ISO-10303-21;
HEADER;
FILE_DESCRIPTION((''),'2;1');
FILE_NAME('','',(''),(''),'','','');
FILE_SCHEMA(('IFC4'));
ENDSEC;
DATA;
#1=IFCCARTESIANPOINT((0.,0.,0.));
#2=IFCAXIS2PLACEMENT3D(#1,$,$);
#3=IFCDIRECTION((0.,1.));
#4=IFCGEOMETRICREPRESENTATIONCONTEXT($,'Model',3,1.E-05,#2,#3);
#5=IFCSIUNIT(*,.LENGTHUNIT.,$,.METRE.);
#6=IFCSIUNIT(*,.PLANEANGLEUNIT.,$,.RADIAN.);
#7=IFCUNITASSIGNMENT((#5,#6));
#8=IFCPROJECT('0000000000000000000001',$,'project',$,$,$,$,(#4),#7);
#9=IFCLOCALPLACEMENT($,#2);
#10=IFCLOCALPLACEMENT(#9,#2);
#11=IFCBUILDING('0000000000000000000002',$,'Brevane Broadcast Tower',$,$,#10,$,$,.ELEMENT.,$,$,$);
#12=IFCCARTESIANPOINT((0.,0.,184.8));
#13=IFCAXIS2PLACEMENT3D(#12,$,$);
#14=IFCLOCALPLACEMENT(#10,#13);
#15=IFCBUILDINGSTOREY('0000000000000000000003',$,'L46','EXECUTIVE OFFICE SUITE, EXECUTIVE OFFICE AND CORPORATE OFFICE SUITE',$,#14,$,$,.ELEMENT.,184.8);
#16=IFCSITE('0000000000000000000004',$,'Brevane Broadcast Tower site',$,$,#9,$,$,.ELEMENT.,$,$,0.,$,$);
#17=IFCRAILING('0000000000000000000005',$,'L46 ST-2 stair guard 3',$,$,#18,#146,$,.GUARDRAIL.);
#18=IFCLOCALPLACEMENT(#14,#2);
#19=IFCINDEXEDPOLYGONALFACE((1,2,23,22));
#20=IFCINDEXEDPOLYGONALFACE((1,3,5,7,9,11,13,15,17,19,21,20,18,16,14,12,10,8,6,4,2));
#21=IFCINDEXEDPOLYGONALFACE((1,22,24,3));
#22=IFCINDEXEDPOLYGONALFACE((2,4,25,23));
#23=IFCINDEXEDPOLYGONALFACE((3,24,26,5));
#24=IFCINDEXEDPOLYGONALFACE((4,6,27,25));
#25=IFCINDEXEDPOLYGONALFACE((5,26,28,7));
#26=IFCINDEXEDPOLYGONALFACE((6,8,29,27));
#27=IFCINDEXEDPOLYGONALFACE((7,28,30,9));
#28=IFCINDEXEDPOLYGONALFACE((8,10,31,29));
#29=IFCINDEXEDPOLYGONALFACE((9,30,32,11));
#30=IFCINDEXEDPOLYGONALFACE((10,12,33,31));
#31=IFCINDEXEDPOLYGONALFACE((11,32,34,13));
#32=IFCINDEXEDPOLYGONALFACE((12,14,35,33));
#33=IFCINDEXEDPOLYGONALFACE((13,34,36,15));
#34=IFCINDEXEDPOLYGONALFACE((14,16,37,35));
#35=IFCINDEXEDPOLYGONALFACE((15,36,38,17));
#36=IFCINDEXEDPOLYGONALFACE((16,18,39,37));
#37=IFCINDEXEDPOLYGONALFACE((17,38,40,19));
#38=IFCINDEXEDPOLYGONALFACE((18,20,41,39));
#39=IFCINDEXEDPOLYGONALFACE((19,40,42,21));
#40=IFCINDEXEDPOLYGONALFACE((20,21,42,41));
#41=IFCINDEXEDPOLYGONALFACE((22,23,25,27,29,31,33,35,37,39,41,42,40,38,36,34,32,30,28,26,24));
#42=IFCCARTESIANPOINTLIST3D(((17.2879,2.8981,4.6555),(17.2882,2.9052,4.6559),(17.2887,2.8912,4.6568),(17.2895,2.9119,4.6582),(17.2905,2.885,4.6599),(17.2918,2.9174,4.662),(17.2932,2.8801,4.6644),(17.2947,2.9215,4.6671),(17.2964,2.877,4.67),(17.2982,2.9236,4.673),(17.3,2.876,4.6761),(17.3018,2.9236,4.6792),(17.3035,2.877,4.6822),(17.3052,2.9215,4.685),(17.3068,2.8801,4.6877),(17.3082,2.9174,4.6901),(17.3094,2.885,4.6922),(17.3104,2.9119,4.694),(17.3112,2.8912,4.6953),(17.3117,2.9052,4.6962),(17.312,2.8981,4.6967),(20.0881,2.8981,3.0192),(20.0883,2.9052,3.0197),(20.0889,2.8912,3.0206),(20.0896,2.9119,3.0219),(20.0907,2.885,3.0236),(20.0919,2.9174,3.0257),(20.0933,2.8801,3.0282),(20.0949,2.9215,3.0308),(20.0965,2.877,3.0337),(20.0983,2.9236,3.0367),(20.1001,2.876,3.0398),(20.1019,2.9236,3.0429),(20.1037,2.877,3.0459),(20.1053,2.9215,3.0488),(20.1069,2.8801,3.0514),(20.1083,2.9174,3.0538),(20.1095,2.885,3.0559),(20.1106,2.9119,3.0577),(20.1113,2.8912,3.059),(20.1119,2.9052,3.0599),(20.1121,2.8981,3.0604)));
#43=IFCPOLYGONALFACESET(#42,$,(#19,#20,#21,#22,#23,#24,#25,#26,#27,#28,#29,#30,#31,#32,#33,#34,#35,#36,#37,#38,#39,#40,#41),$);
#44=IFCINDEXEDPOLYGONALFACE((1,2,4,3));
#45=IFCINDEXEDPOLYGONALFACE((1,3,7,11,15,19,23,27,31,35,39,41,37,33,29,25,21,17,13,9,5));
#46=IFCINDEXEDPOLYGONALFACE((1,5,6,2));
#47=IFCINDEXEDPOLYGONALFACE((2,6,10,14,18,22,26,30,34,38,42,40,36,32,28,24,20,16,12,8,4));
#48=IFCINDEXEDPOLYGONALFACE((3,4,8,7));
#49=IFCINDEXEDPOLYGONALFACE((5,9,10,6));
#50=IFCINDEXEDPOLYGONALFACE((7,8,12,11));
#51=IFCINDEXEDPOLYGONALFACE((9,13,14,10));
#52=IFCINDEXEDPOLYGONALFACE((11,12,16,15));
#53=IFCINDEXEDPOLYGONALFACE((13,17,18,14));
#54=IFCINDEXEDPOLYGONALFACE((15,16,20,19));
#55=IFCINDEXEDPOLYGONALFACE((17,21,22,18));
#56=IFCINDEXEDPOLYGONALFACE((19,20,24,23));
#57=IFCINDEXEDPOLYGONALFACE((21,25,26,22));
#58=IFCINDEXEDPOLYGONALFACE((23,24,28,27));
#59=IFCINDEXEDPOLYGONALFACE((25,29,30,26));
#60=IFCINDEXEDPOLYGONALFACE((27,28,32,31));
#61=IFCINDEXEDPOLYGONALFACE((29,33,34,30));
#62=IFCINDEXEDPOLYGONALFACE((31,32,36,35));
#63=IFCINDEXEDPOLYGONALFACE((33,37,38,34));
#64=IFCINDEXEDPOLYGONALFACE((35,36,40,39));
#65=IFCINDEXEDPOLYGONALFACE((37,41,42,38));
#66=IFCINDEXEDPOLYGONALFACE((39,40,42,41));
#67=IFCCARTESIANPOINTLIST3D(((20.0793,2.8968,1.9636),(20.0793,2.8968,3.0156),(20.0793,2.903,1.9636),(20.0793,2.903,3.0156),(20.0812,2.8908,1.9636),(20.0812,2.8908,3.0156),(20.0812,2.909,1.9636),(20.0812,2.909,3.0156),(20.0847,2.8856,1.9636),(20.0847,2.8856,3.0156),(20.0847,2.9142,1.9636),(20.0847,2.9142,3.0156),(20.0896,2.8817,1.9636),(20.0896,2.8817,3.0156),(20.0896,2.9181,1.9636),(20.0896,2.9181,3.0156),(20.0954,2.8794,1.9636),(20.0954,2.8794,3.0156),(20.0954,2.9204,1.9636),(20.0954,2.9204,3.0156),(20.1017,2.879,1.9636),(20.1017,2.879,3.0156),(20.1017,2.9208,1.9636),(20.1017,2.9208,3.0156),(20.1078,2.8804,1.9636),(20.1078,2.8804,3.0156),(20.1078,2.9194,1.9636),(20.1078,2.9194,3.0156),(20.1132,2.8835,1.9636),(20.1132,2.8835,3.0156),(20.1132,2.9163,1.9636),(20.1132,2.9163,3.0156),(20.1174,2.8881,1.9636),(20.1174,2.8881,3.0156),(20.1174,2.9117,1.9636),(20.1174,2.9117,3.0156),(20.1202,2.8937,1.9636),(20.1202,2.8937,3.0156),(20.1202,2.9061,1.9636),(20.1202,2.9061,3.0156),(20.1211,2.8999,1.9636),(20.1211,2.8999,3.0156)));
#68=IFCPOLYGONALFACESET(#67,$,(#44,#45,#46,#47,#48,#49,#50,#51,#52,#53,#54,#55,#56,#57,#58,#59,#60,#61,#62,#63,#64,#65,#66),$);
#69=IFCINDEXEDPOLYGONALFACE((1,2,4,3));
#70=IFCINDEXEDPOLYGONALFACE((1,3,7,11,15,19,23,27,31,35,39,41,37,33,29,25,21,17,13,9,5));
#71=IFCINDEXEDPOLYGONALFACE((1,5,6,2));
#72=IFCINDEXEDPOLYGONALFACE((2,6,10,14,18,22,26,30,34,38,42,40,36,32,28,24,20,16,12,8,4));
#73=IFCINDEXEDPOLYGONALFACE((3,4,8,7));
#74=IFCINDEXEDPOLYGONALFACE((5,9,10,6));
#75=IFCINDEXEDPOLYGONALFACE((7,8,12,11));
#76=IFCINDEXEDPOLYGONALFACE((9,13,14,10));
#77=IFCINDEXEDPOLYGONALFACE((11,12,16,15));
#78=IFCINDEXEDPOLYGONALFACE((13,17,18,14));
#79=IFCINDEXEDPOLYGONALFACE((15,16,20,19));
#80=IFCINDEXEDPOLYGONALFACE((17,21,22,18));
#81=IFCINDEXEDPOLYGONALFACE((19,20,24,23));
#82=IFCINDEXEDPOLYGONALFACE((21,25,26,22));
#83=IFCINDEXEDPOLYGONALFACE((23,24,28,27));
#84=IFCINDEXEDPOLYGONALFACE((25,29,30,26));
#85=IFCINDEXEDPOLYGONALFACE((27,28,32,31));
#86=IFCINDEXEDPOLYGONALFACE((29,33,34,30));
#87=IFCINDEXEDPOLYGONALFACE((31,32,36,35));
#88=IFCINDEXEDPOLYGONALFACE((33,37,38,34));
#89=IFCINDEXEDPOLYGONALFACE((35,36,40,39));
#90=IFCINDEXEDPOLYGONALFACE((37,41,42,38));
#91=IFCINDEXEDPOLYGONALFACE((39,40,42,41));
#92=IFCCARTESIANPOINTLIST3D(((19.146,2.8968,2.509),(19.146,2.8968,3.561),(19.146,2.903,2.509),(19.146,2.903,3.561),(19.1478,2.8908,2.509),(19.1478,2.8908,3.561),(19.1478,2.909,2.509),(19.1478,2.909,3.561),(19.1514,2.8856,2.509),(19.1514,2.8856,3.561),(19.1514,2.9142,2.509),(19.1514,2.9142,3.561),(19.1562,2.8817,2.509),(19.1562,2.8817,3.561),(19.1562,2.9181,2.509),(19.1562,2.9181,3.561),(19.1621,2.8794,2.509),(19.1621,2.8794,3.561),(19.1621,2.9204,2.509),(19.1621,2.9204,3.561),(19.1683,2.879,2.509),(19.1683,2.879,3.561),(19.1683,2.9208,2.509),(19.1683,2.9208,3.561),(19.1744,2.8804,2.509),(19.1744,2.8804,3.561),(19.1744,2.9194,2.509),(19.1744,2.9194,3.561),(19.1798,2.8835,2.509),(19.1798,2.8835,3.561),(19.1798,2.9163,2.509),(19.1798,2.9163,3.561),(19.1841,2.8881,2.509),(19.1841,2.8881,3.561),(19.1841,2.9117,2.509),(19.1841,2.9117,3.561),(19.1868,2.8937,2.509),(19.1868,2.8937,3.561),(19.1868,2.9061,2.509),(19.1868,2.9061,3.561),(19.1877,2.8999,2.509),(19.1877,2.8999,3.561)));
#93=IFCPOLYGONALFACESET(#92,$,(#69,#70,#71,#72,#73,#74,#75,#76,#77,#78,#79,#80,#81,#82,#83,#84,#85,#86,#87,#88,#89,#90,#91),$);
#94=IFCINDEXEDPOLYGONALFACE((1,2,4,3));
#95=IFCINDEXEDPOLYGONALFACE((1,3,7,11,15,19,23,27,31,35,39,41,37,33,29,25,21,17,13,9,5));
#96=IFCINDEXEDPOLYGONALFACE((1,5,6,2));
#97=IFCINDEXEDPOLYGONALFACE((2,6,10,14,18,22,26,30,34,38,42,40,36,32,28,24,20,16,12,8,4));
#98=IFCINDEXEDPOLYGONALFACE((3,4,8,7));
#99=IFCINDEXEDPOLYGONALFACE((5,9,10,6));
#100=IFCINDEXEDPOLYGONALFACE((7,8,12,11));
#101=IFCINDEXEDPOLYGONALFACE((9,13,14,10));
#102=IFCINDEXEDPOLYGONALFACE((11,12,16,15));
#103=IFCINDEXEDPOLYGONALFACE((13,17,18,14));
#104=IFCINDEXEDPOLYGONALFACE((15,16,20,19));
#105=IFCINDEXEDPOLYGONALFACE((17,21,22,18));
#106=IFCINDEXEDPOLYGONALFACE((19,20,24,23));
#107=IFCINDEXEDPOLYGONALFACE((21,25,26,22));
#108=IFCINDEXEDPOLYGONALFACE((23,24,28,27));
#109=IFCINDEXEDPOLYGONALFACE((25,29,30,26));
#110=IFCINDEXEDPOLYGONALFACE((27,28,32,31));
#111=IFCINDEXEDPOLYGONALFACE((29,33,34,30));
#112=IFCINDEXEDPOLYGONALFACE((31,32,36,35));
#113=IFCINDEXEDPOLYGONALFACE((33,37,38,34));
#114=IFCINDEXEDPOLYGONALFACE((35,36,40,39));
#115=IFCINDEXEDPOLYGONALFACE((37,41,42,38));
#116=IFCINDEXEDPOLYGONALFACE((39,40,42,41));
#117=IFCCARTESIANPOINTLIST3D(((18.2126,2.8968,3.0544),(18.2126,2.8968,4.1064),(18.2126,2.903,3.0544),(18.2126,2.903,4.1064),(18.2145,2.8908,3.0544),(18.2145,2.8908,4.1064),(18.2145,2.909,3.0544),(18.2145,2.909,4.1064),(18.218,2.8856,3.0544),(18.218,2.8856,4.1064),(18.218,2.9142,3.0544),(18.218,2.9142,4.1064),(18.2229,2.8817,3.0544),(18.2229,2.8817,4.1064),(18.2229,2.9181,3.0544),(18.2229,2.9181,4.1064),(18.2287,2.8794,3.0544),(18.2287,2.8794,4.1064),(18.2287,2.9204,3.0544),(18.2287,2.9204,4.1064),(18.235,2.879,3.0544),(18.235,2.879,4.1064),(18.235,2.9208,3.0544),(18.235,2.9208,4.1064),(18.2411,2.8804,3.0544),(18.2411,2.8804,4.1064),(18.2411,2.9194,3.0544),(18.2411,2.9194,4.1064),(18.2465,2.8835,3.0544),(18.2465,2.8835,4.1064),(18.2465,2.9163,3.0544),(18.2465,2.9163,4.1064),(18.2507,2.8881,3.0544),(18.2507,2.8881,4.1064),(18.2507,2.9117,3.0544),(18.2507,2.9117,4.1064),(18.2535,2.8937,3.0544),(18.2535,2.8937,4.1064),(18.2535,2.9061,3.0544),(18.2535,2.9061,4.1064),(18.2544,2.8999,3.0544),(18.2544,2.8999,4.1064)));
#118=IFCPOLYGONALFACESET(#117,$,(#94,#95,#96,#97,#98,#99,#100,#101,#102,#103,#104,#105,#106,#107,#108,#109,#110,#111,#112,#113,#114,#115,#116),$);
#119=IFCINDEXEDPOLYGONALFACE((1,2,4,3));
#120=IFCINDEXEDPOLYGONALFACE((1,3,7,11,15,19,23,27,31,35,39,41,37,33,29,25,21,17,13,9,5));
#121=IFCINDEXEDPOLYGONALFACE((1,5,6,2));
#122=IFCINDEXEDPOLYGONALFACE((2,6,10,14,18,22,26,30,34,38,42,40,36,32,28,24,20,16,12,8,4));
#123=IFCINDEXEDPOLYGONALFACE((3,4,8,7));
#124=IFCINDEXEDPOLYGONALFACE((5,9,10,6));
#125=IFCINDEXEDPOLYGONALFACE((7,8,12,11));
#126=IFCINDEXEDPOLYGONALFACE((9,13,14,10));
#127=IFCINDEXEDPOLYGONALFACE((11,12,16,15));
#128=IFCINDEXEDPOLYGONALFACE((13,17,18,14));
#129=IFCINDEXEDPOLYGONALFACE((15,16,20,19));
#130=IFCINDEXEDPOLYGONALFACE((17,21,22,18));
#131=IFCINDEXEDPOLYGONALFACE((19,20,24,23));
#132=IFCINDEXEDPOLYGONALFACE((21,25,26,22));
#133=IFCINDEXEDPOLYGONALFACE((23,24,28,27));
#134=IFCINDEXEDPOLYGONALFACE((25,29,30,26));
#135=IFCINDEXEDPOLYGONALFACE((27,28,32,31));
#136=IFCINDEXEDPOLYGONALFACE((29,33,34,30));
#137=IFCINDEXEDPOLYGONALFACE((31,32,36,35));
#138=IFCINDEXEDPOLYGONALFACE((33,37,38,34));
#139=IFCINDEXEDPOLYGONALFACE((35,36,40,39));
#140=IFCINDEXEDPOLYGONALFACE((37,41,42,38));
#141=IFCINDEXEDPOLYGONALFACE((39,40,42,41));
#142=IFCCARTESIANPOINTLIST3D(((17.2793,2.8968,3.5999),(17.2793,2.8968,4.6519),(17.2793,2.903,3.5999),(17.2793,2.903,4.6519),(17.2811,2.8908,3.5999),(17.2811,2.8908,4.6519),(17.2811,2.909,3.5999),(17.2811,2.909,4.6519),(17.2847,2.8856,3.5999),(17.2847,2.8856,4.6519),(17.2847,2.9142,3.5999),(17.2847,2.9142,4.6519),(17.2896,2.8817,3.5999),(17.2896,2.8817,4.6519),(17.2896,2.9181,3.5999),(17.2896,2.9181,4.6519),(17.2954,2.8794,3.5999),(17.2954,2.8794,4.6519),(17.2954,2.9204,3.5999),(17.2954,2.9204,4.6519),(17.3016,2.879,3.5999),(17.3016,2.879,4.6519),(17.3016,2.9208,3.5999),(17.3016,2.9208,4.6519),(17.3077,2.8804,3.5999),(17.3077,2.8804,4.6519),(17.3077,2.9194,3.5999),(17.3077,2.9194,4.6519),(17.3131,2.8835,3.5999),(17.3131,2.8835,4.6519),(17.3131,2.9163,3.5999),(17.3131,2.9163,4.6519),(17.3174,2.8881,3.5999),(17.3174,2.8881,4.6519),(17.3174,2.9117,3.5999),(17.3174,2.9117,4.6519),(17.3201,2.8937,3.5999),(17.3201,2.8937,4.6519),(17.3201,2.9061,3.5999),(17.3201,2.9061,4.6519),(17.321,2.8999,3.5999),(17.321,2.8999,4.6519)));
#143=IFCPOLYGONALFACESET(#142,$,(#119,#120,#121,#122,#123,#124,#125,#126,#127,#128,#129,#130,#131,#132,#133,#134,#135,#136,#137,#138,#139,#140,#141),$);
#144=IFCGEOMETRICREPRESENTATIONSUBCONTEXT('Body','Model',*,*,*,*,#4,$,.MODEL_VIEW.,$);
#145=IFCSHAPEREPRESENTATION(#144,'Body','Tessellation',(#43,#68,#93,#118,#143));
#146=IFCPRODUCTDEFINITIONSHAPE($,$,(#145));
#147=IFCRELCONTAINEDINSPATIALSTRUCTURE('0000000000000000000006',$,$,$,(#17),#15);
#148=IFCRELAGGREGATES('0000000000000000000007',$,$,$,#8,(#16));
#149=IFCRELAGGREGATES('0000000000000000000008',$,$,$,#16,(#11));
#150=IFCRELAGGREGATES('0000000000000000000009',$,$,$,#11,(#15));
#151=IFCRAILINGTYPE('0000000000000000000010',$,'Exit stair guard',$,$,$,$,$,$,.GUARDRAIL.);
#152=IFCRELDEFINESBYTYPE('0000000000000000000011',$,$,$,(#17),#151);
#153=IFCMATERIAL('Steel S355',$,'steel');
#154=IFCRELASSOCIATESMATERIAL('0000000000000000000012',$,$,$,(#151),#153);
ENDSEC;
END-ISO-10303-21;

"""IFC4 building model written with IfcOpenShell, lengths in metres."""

from ifc_helpers import new_model, si_unit, direction, frame, origin, origin_2d, place, context, subcontext, project, spatial, circle, extrude, material, type_object, element, save


model = new_model("IFC4")

# Units and contexts
model_context = context("Model", 3, precision=1e-05, world=origin(), true_north=direction((0.0, 1.0)))
body_context = subcontext(model_context, "Body", "Model", "MODEL_VIEW")
ifc_project = project(units=[si_unit("LENGTHUNIT", "METRE"), si_unit("PLANEANGLEUNIT", "RADIAN")], contexts=[model_context])

# Site, building, storey
site_placement = place(None, origin())
site = spatial("IfcSite", under=ifc_project, at=site_placement, Name="Brevane Broadcast Tower site", CompositionType="ELEMENT", RefElevation=0.0)
building_placement = place(site_placement, origin())
building = spatial("IfcBuilding", under=site, at=building_placement, Name="Brevane Broadcast Tower", CompositionType="ELEMENT")
storey_placement = place(building_placement, frame((0.0, 0.0, 184.8)))
storey = spatial("IfcBuildingStorey", under=building, at=storey_placement, Name="L46", Description="EXECUTIVE OFFICE SUITE, EXECUTIVE OFFICE AND CORPORATE OFFICE SUITE", CompositionType="ELEMENT", Elevation=184.8)

# Railing
ifc_material_1 = material(Name="Steel S355", Category="steel")
railing_type_1 = type_object("IfcRailingType", Name="Exit stair guard", PredefinedType="GUARDRAIL", material=ifc_material_1)
railing_1_placement = place(storey_placement, frame((20.1001, 2.8999, 1.9636)))
element("IfcRailing", 1, at=railing_1_placement, inside=storey, type_object=railing_type_1, Name="L46 ST-2 stair guard 3", PredefinedType="GUARDRAIL", context=body_context, shape_type="SweptSolid", body=[
    extrude(circle(Radius=0.0239, at=origin_2d()), frame((0.0, 0.0, 1.0762), z_axis=(-0.863394, 0.0, 0.504531), x_axis=(0.0, -1.0, 0.0)), (0.0, 0.0, 1.0), 3.2432),
    extrude(circle(Radius=0.021, at=origin_2d()), origin(), (0.0, 0.0, 1.0), 1.052),
    extrude(circle(Radius=0.021, at=origin_2d()), frame((-0.9333, 0.0, 0.5454)), (0.0, 0.0, 1.0), 1.052),
    extrude(circle(Radius=0.021, at=origin_2d()), frame((-1.8667, 0.0, 1.0908)), (0.0, 0.0, 1.0), 1.052),
    extrude(circle(Radius=0.021, at=origin_2d()), frame((-2.8, 0.0, 1.6362)), (0.0, 0.0, 1.0), 1.052),
])

save(model, "model.ifc")
